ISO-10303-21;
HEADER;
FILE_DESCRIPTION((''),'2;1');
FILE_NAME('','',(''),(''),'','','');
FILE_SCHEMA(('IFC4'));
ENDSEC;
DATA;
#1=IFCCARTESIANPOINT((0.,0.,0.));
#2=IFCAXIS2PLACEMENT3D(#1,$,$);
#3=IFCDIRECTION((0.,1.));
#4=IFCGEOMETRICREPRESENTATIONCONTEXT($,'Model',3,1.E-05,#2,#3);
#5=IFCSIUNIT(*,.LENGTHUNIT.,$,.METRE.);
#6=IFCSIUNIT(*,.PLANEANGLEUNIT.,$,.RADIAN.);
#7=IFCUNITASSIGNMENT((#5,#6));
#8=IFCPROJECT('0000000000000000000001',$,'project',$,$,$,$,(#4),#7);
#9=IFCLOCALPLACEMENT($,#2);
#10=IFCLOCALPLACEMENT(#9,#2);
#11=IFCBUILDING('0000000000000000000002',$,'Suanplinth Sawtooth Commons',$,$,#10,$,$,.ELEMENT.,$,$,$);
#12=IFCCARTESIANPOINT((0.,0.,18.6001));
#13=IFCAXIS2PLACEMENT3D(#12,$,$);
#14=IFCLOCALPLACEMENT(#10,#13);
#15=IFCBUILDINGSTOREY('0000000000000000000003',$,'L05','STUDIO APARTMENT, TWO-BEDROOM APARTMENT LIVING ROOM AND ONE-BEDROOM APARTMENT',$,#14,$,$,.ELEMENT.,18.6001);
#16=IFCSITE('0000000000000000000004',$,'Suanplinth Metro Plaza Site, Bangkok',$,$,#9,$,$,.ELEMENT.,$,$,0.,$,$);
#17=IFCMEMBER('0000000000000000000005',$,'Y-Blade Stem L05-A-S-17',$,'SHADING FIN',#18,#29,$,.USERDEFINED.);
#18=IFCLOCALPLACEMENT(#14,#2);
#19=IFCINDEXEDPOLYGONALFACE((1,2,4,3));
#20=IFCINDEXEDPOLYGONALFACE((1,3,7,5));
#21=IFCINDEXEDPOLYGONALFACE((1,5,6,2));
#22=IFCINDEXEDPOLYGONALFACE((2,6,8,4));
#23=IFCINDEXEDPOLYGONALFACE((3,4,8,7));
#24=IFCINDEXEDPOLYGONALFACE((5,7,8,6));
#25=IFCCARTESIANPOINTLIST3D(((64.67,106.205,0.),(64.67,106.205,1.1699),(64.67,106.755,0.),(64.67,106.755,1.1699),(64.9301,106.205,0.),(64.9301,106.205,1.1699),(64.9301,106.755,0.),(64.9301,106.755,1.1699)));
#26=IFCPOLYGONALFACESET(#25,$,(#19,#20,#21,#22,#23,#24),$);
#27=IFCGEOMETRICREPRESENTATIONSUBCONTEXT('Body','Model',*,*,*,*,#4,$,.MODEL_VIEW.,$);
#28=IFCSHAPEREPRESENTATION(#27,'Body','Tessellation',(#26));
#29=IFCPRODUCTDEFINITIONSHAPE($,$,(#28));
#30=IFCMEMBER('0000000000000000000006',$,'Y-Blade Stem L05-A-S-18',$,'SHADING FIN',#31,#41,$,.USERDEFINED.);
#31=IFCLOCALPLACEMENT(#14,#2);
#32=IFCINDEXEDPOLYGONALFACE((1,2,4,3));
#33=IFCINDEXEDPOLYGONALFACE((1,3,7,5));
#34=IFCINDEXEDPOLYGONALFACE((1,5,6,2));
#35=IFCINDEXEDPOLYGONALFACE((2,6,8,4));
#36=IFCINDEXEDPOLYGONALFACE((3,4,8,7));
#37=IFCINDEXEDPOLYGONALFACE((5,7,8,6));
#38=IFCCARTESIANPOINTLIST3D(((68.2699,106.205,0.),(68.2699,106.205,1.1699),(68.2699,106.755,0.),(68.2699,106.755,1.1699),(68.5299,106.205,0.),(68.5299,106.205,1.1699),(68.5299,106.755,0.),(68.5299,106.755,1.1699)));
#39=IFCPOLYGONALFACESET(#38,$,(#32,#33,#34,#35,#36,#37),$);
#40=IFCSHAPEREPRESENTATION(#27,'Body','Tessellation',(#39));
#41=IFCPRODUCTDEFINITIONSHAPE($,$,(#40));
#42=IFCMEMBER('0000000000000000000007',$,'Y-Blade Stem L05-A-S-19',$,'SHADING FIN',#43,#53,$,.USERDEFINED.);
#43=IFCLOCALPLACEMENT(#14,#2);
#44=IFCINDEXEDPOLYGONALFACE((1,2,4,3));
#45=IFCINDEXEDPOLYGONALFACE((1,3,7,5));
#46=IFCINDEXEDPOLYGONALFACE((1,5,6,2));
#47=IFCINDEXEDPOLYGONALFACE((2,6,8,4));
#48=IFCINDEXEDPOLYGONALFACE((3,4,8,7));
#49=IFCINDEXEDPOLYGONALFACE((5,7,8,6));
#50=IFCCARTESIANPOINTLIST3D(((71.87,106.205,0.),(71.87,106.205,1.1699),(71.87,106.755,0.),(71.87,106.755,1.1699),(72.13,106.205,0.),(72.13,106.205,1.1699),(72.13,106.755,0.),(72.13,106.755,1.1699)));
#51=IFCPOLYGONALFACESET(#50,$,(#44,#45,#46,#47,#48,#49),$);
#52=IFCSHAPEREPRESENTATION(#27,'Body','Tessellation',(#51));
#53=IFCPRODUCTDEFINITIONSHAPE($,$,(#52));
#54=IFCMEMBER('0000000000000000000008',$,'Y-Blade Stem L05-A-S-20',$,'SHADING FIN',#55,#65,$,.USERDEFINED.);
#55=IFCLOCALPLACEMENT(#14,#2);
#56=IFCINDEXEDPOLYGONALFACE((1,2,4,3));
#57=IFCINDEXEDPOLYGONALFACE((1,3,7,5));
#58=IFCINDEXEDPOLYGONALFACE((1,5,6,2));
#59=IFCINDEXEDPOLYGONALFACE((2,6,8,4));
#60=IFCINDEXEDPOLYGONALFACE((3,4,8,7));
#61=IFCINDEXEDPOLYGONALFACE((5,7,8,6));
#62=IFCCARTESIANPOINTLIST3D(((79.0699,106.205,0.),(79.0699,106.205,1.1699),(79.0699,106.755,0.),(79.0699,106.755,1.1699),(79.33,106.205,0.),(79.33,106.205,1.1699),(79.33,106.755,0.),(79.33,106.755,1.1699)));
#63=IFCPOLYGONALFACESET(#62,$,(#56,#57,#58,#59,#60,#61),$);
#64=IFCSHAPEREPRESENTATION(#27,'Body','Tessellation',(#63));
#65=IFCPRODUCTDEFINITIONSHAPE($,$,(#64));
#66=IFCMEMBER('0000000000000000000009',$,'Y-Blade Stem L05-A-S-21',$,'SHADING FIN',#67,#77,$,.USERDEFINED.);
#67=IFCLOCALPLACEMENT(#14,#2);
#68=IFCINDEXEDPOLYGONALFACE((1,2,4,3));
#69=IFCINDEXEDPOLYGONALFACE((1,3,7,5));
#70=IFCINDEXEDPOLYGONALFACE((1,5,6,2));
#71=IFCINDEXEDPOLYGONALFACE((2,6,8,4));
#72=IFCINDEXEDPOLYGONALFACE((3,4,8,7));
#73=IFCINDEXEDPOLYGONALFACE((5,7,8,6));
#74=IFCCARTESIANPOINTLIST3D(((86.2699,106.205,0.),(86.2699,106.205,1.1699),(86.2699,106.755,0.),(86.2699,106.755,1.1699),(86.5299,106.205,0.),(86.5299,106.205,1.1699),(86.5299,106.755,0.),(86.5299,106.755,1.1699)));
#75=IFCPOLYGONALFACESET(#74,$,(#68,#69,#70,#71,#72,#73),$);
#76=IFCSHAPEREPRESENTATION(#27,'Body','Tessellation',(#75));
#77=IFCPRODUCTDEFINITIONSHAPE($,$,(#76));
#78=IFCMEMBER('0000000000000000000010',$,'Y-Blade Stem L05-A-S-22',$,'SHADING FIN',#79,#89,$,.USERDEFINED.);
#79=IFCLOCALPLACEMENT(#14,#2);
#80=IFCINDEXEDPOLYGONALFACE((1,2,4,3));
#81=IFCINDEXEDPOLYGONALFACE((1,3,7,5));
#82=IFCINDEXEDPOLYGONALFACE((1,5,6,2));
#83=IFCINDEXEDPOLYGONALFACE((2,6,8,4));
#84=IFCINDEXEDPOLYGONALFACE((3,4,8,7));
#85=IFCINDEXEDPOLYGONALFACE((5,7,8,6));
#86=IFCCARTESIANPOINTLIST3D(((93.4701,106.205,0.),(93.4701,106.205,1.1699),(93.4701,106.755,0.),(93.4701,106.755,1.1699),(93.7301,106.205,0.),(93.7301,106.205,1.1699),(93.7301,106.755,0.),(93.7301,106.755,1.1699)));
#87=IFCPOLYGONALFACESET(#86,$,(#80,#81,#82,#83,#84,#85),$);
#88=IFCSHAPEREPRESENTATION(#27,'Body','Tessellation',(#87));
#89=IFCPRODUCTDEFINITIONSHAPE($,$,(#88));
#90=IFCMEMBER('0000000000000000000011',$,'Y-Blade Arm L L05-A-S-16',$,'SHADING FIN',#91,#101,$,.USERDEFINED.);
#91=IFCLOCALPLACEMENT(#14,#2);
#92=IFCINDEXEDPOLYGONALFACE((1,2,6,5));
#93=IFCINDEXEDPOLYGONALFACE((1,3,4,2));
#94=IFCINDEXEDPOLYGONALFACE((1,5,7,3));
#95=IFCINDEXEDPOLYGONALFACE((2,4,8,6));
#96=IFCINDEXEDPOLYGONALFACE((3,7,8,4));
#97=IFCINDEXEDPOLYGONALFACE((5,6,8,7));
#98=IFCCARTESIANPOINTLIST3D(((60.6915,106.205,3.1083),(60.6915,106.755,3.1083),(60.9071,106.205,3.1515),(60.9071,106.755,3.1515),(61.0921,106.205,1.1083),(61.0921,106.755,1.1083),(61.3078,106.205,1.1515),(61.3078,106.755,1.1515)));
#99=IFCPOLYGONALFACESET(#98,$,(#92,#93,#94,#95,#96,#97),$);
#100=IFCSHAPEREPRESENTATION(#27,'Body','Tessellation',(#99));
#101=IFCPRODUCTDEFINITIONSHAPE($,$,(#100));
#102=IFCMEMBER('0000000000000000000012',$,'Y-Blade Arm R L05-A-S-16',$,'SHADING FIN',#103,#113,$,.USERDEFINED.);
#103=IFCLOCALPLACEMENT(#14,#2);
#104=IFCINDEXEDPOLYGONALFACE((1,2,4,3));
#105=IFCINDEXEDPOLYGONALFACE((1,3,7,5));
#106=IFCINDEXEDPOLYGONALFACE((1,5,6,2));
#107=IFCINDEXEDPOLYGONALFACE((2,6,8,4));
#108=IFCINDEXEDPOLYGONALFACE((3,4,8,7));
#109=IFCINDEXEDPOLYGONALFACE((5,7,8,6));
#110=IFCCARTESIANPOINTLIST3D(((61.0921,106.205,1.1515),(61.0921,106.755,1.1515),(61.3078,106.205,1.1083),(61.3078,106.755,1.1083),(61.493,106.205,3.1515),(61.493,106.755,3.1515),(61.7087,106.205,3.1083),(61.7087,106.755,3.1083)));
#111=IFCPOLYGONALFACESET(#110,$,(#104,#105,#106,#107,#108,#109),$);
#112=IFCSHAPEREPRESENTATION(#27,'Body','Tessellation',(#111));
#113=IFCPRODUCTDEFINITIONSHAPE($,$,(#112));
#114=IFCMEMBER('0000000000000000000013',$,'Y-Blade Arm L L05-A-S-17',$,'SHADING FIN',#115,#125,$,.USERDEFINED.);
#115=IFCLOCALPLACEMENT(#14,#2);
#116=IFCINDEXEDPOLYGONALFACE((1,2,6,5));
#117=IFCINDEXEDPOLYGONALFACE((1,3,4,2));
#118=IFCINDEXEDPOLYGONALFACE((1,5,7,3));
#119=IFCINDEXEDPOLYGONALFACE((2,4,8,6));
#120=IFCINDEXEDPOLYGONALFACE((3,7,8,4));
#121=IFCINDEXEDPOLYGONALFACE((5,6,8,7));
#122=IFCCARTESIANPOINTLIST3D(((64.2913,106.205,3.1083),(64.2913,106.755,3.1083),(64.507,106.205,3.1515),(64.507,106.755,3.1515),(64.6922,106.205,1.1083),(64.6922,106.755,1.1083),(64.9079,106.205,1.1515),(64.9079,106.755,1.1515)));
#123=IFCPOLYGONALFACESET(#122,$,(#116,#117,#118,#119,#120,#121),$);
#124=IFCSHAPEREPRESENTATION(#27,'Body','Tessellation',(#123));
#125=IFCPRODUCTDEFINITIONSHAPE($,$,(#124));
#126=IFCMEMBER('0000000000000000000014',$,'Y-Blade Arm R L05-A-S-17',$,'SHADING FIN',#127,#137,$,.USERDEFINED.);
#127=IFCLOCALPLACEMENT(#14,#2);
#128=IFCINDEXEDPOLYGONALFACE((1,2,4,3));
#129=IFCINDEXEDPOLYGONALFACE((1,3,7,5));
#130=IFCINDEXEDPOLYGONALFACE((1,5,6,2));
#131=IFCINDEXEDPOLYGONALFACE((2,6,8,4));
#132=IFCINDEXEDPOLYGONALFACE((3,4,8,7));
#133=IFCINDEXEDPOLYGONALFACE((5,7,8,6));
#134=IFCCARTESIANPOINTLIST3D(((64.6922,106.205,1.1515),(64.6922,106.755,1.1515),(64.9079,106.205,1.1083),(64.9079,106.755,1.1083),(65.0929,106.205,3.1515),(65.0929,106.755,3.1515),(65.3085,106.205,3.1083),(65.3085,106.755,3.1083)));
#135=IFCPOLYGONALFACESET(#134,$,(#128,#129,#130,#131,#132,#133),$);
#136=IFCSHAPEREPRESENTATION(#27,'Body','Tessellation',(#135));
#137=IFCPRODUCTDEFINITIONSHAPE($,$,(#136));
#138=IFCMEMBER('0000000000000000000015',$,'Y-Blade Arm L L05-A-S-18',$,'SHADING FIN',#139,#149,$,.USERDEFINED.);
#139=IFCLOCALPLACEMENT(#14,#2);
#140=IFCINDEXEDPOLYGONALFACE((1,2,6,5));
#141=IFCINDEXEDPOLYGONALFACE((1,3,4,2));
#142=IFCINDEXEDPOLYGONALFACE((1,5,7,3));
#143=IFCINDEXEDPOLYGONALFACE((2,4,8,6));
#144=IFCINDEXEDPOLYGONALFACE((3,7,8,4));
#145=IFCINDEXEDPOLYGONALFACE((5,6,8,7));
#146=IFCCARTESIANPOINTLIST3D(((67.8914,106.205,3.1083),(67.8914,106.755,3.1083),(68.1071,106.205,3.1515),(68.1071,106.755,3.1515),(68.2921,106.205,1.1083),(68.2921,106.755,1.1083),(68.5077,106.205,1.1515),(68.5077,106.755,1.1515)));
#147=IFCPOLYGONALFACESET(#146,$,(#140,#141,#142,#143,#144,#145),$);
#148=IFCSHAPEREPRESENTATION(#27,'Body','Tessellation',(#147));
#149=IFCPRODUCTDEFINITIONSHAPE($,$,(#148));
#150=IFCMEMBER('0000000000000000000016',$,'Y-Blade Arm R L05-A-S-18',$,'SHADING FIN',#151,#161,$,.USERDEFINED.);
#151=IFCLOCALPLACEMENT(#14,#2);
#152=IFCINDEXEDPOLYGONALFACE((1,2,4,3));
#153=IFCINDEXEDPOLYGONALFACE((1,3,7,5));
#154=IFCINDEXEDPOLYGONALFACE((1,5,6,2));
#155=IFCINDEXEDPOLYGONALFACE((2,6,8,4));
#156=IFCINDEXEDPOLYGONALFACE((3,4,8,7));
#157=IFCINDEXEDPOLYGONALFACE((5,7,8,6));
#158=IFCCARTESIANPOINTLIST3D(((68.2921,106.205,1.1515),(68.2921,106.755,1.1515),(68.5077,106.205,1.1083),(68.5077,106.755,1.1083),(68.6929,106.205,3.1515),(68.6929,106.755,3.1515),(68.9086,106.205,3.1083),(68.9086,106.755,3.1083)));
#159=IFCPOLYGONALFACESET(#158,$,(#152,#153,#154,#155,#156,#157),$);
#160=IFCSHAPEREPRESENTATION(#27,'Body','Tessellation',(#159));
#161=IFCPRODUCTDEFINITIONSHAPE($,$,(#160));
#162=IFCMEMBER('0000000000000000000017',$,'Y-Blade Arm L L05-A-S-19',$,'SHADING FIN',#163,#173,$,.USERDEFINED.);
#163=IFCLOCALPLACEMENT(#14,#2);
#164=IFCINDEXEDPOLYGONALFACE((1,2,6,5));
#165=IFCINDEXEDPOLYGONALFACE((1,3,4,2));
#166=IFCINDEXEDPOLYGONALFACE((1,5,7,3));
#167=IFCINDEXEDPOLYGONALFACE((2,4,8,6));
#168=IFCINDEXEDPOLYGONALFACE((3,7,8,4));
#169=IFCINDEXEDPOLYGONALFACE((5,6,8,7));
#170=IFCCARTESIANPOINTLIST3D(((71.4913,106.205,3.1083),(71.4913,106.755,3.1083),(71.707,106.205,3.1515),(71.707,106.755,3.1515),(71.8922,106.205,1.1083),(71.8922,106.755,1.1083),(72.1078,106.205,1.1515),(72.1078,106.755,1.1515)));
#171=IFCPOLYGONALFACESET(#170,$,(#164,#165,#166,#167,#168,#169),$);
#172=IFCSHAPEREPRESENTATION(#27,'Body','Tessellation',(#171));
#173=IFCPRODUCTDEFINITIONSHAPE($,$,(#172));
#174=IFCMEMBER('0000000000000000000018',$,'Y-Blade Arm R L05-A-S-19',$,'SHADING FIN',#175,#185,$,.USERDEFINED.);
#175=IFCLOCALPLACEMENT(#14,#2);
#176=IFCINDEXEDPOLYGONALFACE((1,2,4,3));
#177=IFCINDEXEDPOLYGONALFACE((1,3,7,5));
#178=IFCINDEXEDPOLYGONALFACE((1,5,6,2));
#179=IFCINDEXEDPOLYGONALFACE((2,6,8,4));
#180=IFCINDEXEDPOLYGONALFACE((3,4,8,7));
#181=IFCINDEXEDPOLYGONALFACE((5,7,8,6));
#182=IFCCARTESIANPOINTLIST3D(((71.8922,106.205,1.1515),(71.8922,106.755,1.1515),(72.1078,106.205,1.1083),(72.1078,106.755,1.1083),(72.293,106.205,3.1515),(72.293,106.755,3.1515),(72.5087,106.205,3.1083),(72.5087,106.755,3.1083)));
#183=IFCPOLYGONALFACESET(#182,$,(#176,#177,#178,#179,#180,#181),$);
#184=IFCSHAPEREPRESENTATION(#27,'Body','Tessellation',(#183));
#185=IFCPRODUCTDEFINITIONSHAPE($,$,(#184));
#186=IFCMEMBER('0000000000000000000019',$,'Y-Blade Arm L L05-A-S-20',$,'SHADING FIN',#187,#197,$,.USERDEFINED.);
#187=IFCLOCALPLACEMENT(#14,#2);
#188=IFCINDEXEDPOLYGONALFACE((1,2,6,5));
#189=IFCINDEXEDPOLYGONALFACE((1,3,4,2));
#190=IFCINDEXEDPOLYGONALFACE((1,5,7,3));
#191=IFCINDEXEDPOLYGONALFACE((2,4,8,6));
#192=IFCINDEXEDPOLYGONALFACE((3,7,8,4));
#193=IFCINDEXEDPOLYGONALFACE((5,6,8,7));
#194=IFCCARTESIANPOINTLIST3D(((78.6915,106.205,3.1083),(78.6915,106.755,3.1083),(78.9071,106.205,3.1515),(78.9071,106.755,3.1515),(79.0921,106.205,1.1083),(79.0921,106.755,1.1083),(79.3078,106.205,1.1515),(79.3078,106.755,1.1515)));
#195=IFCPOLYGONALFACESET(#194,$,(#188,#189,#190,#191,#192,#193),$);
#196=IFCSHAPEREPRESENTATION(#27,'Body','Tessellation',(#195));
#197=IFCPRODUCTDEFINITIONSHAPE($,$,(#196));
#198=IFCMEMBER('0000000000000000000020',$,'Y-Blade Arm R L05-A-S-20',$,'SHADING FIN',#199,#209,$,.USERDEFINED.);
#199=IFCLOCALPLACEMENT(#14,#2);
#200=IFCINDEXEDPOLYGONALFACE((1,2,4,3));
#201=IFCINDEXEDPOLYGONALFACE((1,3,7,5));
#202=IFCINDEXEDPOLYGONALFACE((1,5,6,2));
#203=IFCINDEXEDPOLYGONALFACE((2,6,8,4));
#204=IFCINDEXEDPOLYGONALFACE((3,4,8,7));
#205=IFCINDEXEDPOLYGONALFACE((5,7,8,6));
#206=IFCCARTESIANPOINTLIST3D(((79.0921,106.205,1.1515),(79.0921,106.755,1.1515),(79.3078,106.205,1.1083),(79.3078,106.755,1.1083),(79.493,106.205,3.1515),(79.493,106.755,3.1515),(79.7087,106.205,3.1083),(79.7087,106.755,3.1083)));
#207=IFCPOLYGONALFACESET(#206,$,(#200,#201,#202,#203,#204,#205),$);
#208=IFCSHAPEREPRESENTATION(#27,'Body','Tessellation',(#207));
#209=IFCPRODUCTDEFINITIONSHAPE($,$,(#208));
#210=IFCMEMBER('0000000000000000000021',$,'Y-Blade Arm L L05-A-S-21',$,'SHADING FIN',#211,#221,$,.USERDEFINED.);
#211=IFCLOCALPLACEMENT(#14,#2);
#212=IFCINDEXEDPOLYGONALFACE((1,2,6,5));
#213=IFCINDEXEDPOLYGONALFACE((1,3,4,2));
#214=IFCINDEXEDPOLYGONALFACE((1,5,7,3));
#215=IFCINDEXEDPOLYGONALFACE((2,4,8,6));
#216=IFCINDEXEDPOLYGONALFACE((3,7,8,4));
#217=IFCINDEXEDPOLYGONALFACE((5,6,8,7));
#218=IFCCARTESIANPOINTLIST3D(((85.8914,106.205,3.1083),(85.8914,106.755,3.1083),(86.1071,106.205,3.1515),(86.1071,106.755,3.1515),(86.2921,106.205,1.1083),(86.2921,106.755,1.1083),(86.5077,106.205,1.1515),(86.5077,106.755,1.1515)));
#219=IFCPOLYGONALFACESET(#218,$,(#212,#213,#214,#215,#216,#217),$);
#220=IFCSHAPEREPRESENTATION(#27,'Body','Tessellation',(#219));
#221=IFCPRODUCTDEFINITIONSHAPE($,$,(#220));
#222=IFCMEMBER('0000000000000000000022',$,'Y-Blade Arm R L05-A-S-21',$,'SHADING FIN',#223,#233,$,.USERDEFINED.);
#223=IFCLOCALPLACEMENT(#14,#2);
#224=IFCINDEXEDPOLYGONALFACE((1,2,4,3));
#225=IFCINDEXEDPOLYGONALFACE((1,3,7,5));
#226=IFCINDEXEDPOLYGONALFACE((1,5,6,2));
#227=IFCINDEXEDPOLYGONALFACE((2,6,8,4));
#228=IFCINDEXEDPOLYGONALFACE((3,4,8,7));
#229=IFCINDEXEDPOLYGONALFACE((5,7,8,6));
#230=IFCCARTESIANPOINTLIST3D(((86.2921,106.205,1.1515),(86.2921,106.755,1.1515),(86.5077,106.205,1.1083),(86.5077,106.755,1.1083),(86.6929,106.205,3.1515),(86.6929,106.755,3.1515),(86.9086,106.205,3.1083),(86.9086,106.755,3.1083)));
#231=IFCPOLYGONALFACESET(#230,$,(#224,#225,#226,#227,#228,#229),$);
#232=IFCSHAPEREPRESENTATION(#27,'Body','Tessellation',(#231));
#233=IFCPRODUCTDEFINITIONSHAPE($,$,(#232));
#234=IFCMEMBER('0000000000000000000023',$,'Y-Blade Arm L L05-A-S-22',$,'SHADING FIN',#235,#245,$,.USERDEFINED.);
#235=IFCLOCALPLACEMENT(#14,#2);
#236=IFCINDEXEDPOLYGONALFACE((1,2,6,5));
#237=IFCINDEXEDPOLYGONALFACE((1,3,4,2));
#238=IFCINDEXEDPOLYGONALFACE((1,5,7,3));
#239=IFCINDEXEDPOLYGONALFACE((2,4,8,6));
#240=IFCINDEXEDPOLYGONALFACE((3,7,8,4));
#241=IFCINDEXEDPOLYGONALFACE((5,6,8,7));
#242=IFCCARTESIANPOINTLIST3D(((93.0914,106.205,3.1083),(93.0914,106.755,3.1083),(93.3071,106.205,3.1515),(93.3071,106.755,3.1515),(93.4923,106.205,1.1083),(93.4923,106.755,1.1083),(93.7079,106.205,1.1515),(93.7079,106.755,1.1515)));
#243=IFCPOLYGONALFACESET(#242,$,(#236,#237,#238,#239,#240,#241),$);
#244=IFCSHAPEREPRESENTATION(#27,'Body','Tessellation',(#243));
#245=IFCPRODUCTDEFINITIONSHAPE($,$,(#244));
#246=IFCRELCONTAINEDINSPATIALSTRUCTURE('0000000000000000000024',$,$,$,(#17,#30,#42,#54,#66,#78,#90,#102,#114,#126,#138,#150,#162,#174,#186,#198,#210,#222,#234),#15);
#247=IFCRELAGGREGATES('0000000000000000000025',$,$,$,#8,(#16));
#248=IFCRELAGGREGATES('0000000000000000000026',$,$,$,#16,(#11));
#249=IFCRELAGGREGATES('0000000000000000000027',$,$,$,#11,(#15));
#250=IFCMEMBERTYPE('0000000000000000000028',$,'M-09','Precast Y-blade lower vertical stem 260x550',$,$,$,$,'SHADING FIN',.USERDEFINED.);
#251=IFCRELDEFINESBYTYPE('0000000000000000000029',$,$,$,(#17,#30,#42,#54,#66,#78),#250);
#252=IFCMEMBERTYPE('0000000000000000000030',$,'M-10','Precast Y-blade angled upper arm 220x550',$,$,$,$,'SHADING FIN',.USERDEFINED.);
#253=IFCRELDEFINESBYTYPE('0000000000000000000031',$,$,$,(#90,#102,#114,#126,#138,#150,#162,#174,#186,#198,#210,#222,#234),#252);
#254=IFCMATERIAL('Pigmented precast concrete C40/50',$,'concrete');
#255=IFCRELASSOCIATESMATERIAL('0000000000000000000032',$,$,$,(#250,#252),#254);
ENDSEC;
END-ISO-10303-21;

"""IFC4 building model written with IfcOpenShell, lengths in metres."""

from ifc_helpers import new_model, si_unit, direction, frame, origin, origin_2d, place, context, subcontext, project, spatial, rectangle, extrude, material, material_profile, profile_set, type_object, element, save


model = new_model("IFC4")

# Units and contexts
model_context = context("Model", 3, precision=1e-05, world=origin(), true_north=direction((0.0, 1.0)))
body_context = subcontext(model_context, "Body", "Model", "MODEL_VIEW")
ifc_project = project(units=[si_unit("LENGTHUNIT", "METRE"), si_unit("PLANEANGLEUNIT", "RADIAN")], contexts=[model_context])

# Site, building, storey
site_placement = place(None, origin())
site = spatial("IfcSite", under=ifc_project, at=site_placement, Name="Suanplinth Metro Plaza Site, Bangkok", CompositionType="ELEMENT", RefElevation=0.0)
building_placement = place(site_placement, origin())
building = spatial("IfcBuilding", under=site, at=building_placement, Name="Suanplinth Sawtooth Commons", CompositionType="ELEMENT")
storey_placement = place(building_placement, frame((0.0, 0.0, 18.6001)))
storey = spatial("IfcBuildingStorey", under=building, at=storey_placement, Name="L05", Description="STUDIO APARTMENT, TWO-BEDROOM APARTMENT LIVING ROOM AND ONE-BEDROOM APARTMENT", CompositionType="ELEMENT", Elevation=18.6001)

# Members
ifc_material = material(Name="Pigmented precast concrete C40/50", Category="concrete")
ifc_material_profile_1 = material_profile(ifc_material, rectangle(XDim=0.26, YDim=0.55, at=origin_2d()), Name="PC-FIN 260x550")
ifc_profile_set_1 = profile_set([ifc_material_profile_1], Name="Pigmented precast concrete C40/50")
member_type_1 = type_object("IfcMemberType", Name="M-09", Description="Precast Y-blade lower vertical stem 260x550", ElementType="SHADING FIN", PredefinedType="USERDEFINED", material=ifc_profile_set_1)
for number, where, z_axis, x_axis, name in (
    (1, (64.8, 106.48, 0.0), (0.0, 0.0, 1.0), (1.0, 0.0, 0.0), "Y-Blade Stem L05-A-S-17"),
    (2, (68.3999, 106.48, 0.0), (0.0, 0.0, 1.0), (1.0, 0.0, 0.0), "Y-Blade Stem L05-A-S-18"),
    (3, (72.0, 106.48, 0.0), (0.0, 0.0, 1.0), (1.0, 0.0, 0.0), "Y-Blade Stem L05-A-S-19"),
    (4, (79.2, 106.48, 0.0), (0.0, 0.0, 1.0), (1.0, 0.0, 0.0), "Y-Blade Stem L05-A-S-20"),
    (5, (86.3999, 106.48, 0.0), (0.0, 0.0, 1.0), (1.0, 0.0, 0.0), "Y-Blade Stem L05-A-S-21"),
    (6, (93.6001, 106.48, 0.0), (0.0, 0.0, 1.0), (1.0, 0.0, 0.0), "Y-Blade Stem L05-A-S-22"),
):
    element("IfcMember", number, at=place(storey_placement, frame(where, z_axis=z_axis, x_axis=x_axis)), inside=storey, type_object=member_type_1, Name=name, ObjectType="SHADING FIN", PredefinedType="USERDEFINED", context=body_context, shape_type="SweptSolid", body=[
        extrude(rectangle(XDim=0.26, YDim=0.55, at=origin_2d()), origin(), (0.0, 0.0, 1.0), 1.1699),
    ])
ifc_material_profile_2 = material_profile(ifc_material, rectangle(XDim=0.22, YDim=0.55, at=origin_2d()), Name="PC-FIN 220x550")
ifc_profile_set_2 = profile_set([ifc_material_profile_2], Name="Pigmented precast concrete C40/50")
member_type_2 = type_object("IfcMemberType", Name="M-10", Description="Precast Y-blade angled upper arm 220x550", ElementType="SHADING FIN", PredefinedType="USERDEFINED", material=ifc_profile_set_2)
for number, where, z_axis, x_axis, name in (
    (7, (61.2, 106.48, 1.1299), (-0.196415, 0.0, 0.980521), (0.980521, 0.0, 0.196415), "Y-Blade Arm L L05-A-S-16"),
    (8, (61.2, 106.48, 1.1299), (0.19653, 0.0, 0.980498), (-0.980498, 0.0, 0.19653), "Y-Blade Arm R L05-A-S-16"),
    (9, (64.8, 106.48, 1.1299), (-0.19653, 0.0, 0.980498), (0.980498, 0.0, 0.19653), "Y-Blade Arm L L05-A-S-17"),
    (10, (64.8, 106.48, 1.1299), (0.196415, 0.0, 0.980521), (-0.980521, 0.0, 0.196415), "Y-Blade Arm R L05-A-S-17"),
    (11, (68.3999, 106.48, 1.1299), (-0.196415, 0.0, 0.980521), (0.980521, 0.0, 0.196415), "Y-Blade Arm L L05-A-S-18"),
    (12, (68.3999, 106.48, 1.1299), (0.19653, 0.0, 0.980498), (-0.980498, 0.0, 0.19653), "Y-Blade Arm R L05-A-S-18"),
    (13, (72.0, 106.48, 1.1299), (-0.19653, 0.0, 0.980498), (0.980498, 0.0, 0.19653), "Y-Blade Arm L L05-A-S-19"),
    (14, (72.0, 106.48, 1.1299), (0.19653, 0.0, 0.980498), (-0.980498, 0.0, 0.19653), "Y-Blade Arm R L05-A-S-19"),
    (15, (79.2, 106.48, 1.1299), (-0.196415, 0.0, 0.980521), (0.980521, 0.0, 0.196415), "Y-Blade Arm L L05-A-S-20"),
    (16, (79.2, 106.48, 1.1299), (0.19653, 0.0, 0.980498), (-0.980498, 0.0, 0.19653), "Y-Blade Arm R L05-A-S-20"),
    (17, (86.3999, 106.48, 1.1299), (-0.196415, 0.0, 0.980521), (0.980521, 0.0, 0.196415), "Y-Blade Arm L L05-A-S-21"),
    (18, (86.3999, 106.48, 1.1299), (0.19653, 0.0, 0.980498), (-0.980498, 0.0, 0.19653), "Y-Blade Arm R L05-A-S-21"),
    (19, (93.6001, 106.48, 1.1299), (-0.19653, 0.0, 0.980498), (0.980498, 0.0, 0.19653), "Y-Blade Arm L L05-A-S-22"),
):
    element("IfcMember", number, at=place(storey_placement, frame(where, z_axis=z_axis, x_axis=x_axis)), inside=storey, type_object=member_type_2, Name=name, ObjectType="SHADING FIN", PredefinedType="USERDEFINED", context=body_context, shape_type="SweptSolid", body=[
        extrude(rectangle(XDim=0.22, YDim=0.55, at=origin_2d()), origin(), (0.0, 0.0, 1.0), 2.0398),
    ])

save(model, "model.ifc")
